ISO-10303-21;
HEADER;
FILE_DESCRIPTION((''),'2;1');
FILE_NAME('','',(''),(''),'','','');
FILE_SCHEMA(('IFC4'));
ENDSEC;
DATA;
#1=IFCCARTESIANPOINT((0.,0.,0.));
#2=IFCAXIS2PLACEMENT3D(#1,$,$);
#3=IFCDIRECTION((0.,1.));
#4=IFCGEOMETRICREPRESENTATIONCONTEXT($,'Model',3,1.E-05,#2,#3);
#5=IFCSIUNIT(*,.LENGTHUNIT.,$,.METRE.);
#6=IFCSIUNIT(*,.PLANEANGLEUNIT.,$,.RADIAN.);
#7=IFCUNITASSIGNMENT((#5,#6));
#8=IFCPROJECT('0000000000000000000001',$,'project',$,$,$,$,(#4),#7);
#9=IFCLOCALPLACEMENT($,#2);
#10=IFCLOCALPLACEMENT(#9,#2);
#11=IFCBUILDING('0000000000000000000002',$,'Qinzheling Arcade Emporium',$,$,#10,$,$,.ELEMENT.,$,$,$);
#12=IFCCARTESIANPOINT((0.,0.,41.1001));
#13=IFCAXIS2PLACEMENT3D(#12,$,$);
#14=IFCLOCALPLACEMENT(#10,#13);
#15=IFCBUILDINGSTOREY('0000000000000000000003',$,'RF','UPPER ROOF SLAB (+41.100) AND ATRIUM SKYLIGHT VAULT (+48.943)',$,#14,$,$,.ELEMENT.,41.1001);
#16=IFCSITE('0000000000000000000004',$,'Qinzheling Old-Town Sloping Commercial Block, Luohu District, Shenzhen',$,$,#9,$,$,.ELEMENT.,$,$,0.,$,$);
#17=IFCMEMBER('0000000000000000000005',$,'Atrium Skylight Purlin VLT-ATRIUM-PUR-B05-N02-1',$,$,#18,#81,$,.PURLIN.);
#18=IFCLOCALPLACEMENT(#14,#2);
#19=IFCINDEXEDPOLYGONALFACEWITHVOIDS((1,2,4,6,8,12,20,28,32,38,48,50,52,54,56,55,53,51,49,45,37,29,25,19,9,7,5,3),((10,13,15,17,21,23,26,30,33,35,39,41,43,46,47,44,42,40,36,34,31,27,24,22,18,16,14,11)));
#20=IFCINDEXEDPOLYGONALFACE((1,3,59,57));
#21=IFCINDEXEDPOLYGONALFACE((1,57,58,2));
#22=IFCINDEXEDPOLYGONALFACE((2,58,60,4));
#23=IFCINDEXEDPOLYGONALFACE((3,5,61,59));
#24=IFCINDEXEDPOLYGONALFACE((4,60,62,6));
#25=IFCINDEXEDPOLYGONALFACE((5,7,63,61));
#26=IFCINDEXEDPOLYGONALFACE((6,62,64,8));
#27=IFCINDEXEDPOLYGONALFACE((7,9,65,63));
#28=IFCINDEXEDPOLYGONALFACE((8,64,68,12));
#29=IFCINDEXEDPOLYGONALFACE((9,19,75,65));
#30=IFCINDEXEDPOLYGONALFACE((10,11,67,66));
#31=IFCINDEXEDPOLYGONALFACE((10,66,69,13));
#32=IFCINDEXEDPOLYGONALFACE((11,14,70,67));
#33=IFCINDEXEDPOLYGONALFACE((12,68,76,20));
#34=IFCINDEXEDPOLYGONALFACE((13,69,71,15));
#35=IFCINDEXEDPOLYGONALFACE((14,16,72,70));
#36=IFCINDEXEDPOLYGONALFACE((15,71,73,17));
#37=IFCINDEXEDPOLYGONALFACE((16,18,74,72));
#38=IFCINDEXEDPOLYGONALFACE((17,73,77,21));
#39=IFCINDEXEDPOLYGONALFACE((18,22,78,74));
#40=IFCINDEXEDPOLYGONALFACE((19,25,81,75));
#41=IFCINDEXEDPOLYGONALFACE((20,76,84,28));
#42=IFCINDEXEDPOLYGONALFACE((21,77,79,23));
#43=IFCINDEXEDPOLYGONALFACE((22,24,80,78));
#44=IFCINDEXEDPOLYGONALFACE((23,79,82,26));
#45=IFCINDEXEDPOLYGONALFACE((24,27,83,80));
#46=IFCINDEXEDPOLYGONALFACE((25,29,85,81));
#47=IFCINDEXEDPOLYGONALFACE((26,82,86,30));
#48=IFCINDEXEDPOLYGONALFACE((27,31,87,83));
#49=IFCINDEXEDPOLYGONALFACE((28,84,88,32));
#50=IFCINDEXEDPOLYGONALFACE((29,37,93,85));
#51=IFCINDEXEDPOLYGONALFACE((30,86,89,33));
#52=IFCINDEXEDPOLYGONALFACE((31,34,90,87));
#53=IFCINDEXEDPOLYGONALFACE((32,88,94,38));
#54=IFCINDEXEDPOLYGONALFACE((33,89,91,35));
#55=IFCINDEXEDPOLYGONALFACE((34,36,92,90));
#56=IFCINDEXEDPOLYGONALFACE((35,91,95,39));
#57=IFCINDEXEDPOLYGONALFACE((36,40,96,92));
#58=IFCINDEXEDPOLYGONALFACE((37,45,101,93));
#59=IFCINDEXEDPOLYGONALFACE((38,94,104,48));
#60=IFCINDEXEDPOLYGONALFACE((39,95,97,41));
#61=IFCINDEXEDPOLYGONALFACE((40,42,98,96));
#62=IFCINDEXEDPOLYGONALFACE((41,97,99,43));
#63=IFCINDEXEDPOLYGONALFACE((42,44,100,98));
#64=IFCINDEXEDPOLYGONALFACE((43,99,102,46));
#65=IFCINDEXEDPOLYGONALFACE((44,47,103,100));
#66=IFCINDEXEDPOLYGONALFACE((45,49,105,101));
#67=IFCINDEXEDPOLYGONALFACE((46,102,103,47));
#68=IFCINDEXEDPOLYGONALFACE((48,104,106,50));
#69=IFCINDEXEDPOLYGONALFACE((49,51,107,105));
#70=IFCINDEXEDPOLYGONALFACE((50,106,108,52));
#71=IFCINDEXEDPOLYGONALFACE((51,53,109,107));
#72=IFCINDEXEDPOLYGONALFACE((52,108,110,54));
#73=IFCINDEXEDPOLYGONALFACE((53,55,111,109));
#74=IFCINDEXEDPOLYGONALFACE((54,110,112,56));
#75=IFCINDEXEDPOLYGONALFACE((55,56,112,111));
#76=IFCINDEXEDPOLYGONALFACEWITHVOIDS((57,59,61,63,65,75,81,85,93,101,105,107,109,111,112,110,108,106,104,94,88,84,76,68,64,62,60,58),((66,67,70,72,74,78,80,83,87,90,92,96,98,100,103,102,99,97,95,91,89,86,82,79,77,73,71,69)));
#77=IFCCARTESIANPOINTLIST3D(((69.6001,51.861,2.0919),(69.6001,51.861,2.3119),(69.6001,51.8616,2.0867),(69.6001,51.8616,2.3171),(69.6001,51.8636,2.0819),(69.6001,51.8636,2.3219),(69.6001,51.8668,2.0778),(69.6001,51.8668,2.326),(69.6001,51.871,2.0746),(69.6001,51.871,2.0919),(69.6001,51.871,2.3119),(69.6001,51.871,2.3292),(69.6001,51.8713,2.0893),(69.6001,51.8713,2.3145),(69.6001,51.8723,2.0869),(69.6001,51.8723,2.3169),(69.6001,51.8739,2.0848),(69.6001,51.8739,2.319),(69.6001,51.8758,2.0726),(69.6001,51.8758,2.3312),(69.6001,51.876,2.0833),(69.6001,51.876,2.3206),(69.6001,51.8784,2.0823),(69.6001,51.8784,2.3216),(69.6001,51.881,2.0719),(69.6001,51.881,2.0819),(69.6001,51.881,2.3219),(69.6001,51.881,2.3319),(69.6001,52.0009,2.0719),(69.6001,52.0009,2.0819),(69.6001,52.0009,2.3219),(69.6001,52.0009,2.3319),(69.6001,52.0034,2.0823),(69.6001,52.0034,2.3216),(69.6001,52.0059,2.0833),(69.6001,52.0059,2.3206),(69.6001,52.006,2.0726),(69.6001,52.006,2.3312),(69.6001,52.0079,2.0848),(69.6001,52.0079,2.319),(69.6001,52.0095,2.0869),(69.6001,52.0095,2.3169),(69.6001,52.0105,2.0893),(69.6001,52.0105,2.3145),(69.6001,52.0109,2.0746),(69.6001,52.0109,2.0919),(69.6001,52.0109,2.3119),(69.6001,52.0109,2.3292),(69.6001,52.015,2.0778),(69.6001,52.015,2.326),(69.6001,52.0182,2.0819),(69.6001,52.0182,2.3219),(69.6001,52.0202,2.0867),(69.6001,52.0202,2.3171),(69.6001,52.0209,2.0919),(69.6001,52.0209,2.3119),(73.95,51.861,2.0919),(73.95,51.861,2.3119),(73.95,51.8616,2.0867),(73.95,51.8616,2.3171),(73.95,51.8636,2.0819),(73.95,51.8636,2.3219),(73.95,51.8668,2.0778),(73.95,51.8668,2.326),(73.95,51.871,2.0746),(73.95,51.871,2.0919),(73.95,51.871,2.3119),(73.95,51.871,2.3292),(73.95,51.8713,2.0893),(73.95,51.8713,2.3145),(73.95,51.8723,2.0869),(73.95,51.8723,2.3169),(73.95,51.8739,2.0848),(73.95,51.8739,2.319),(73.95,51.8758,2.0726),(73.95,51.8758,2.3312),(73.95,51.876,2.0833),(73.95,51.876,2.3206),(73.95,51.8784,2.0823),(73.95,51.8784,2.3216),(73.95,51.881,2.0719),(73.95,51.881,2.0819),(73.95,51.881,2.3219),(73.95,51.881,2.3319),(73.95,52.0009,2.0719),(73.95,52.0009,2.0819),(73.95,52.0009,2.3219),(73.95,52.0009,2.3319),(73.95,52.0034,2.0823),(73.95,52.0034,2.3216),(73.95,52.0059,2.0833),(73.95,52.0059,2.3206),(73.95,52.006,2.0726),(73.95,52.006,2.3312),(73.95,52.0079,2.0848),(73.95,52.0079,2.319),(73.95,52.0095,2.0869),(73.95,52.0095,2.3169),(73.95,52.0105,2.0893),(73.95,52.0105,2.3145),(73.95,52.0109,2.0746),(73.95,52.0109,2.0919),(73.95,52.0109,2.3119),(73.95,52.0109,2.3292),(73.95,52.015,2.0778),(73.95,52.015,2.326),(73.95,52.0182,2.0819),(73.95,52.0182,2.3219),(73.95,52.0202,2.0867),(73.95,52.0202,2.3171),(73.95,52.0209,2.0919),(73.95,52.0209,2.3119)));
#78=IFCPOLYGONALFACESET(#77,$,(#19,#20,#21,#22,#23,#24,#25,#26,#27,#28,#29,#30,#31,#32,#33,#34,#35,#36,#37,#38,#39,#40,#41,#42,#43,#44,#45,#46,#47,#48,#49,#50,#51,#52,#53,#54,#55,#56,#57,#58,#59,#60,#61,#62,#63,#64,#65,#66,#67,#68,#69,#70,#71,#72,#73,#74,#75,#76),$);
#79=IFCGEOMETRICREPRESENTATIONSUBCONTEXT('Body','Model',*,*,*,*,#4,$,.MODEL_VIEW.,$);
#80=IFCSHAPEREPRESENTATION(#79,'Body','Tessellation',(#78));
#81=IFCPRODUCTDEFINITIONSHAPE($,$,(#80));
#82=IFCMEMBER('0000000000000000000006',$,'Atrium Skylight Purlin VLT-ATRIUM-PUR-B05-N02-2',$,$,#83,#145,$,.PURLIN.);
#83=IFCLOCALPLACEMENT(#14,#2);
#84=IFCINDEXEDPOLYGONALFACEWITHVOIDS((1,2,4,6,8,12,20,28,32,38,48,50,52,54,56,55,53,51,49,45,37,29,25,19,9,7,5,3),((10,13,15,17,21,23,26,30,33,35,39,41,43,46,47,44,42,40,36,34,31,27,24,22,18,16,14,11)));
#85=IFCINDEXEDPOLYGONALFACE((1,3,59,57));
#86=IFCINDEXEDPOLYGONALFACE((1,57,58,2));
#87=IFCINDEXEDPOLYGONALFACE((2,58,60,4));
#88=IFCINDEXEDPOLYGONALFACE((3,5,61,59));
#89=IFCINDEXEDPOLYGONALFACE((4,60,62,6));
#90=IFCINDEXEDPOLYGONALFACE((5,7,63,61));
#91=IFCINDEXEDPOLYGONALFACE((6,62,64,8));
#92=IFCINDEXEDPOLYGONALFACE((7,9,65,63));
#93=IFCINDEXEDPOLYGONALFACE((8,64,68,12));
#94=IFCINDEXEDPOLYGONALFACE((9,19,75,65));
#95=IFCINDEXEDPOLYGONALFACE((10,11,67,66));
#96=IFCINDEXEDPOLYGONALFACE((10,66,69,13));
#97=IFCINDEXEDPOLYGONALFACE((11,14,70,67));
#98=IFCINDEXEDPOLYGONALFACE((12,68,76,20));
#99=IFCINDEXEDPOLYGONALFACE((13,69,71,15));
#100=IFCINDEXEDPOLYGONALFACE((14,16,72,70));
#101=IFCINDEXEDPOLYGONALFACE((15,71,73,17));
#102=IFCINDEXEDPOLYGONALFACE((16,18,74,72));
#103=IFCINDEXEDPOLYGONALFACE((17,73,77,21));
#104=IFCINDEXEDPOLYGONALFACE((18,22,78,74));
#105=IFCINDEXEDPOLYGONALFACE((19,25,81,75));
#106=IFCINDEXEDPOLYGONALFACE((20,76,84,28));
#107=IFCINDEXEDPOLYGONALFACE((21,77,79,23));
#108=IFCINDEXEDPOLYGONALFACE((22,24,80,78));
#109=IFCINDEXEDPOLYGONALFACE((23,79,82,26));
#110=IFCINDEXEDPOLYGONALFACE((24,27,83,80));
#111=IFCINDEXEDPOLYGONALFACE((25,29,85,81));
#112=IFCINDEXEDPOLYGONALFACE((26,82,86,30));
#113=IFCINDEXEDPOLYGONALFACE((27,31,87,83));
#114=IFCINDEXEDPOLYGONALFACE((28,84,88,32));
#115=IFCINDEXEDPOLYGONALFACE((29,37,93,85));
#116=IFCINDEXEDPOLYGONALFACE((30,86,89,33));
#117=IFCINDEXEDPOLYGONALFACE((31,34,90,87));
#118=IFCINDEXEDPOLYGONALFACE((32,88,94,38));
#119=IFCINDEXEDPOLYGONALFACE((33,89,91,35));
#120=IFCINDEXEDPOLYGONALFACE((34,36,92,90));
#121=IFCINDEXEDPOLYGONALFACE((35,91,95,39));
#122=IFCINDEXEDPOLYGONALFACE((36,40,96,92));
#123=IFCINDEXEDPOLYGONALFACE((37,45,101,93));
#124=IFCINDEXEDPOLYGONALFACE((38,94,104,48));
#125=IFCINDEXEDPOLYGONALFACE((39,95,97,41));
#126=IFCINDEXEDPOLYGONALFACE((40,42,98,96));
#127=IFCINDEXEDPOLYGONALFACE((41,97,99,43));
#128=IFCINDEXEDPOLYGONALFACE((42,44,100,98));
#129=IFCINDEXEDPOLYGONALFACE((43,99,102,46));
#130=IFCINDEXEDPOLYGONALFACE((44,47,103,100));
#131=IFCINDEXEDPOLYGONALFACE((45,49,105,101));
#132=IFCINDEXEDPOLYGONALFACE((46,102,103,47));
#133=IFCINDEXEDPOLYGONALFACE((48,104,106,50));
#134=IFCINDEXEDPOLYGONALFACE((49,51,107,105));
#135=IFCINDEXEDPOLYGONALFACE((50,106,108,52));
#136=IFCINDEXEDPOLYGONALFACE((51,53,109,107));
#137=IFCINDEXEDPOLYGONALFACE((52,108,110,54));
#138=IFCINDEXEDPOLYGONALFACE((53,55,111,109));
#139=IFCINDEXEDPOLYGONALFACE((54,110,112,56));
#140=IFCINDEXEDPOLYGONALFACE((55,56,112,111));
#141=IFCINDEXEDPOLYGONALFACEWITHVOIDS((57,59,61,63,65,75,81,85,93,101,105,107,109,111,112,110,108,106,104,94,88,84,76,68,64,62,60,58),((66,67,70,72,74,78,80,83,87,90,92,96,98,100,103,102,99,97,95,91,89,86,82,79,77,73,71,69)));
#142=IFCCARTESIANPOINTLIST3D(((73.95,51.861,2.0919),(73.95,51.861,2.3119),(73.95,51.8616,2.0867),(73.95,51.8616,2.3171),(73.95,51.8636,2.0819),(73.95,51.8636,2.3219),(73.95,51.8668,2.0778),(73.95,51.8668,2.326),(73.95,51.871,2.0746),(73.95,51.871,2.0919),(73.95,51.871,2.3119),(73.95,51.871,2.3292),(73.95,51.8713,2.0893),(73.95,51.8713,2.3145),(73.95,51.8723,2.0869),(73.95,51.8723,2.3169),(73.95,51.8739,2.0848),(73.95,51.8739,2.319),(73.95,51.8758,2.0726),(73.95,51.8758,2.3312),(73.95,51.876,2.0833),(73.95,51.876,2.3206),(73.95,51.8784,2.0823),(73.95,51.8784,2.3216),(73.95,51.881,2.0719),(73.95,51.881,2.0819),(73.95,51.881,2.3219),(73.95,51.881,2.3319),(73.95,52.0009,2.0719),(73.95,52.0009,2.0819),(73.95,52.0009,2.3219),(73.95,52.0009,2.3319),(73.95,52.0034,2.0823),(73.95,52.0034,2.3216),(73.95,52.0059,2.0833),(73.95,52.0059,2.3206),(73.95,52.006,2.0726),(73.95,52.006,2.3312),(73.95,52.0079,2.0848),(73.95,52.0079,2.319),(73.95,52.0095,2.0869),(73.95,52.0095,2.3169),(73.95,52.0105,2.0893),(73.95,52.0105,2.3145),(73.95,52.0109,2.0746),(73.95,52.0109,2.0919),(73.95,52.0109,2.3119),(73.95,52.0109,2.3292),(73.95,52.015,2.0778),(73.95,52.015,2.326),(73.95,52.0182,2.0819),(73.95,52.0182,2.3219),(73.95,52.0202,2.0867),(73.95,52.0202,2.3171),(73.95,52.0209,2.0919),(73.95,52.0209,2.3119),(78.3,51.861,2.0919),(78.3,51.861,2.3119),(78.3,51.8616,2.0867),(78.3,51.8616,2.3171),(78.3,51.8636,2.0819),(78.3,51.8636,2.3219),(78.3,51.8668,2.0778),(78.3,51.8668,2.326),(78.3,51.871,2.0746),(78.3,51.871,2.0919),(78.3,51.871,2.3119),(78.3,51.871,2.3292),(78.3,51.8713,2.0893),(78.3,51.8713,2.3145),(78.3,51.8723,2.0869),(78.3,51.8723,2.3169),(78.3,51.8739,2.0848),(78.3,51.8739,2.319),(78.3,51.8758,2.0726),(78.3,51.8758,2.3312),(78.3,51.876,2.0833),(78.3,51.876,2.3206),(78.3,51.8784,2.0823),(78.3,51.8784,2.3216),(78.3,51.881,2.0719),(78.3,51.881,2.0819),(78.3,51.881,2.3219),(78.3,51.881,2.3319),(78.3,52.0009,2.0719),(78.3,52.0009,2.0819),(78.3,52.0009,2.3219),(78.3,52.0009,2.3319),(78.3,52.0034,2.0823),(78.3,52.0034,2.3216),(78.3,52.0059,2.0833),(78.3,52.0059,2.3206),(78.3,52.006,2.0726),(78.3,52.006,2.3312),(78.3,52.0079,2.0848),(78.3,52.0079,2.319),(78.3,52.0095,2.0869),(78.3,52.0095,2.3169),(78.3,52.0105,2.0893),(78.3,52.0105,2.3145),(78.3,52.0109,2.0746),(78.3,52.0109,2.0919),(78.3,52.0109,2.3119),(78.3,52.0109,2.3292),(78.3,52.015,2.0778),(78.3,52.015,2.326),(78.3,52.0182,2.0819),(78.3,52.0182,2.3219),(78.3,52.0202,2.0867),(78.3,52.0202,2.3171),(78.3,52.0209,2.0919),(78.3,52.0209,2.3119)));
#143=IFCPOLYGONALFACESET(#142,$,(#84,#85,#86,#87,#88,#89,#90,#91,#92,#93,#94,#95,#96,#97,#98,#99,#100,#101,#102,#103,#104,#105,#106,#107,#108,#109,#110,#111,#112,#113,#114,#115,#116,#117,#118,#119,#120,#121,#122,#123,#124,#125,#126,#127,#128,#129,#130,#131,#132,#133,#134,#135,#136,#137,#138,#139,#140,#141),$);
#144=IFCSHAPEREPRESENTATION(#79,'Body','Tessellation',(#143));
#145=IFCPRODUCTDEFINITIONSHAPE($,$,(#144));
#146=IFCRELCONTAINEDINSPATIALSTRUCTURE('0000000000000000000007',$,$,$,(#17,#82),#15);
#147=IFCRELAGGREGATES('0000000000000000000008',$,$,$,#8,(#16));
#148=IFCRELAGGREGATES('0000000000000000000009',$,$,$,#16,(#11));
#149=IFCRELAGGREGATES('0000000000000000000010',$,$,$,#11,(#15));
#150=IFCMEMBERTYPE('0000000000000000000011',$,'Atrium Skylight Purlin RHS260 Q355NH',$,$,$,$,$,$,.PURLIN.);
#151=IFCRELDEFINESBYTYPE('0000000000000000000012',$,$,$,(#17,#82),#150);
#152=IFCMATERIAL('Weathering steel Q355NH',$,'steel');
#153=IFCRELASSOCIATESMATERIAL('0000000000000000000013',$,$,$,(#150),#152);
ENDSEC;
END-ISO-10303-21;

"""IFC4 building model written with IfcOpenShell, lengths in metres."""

from ifc_helpers import new_model, si_unit, direction, frame, origin, origin_2d, place, context, subcontext, project, spatial, hollow_rectangle, extrude, material, material_profile, profile_set, type_object, element, save


model = new_model("IFC4")

# Units and contexts
model_context = context("Model", 3, precision=1e-05, world=origin(), true_north=direction((0.0, 1.0)))
body_context = subcontext(model_context, "Body", "Model", "MODEL_VIEW")
ifc_project = project(units=[si_unit("LENGTHUNIT", "METRE"), si_unit("PLANEANGLEUNIT", "RADIAN")], contexts=[model_context])

# Site, building, storey
site_placement = place(None, origin())
site = spatial("IfcSite", under=ifc_project, at=site_placement, Name="Qinzheling Old-Town Sloping Commercial Block, Luohu District, Shenzhen", CompositionType="ELEMENT", RefElevation=0.0)
building_placement = place(site_placement, origin())
building = spatial("IfcBuilding", under=site, at=building_placement, Name="Qinzheling Arcade Emporium", CompositionType="ELEMENT")
storey_placement = place(building_placement, frame((0.0, 0.0, 41.1001)))
storey = spatial("IfcBuildingStorey", under=building, at=storey_placement, Name="RF", Description="UPPER ROOF SLAB (+41.100) AND ATRIUM SKYLIGHT VAULT (+48.943)", CompositionType="ELEMENT", Elevation=41.1001)

# Shared definitions
ifc_material_1 = material(Name="Weathering steel Q355NH", Category="steel")

# Members
ifc_material_profile_1 = material_profile(ifc_material_1, hollow_rectangle(XDim=0.1599, YDim=0.26, WallThickness=0.01, InnerFilletRadius=0.01, OuterFilletRadius=0.02, at=origin_2d()), Name="RHS 260x160x10", Category="steel")
ifc_profile_set_1 = profile_set([ifc_material_profile_1], Name="Weathering steel Q355NH")
member_type_1 = type_object("IfcMemberType", Name="Atrium Skylight Purlin RHS260 Q355NH", PredefinedType="PURLIN", material=ifc_profile_set_1)
member_1_placement = place(storey_placement, frame((69.6001, 51.9409, 2.2019), z_axis=(1.0, 0.0, 0.0), x_axis=(0.0, 1.0, 0.0)))
element("IfcMember", 1, at=member_1_placement, inside=storey, type_object=member_type_1, Name="Atrium Skylight Purlin VLT-ATRIUM-PUR-B05-N02-1", PredefinedType="PURLIN", context=body_context, shape_type="SweptSolid", body=[
    extrude(hollow_rectangle(XDim=0.1599, YDim=0.26, WallThickness=0.01, InnerFilletRadius=0.01, OuterFilletRadius=0.02, at=origin_2d()), origin(), (0.0, 0.0, 1.0), 4.3499),
])
member_2_placement = place(storey_placement, frame((73.95, 51.9409, 2.2019), z_axis=(1.0, 0.0, 0.0), x_axis=(0.0, 1.0, 0.0)))
element("IfcMember", 2, at=member_2_placement, inside=storey, type_object=member_type_1, Name="Atrium Skylight Purlin VLT-ATRIUM-PUR-B05-N02-2", PredefinedType="PURLIN", context=body_context, shape_type="SweptSolid", body=[
    extrude(hollow_rectangle(XDim=0.1599, YDim=0.26, WallThickness=0.01, InnerFilletRadius=0.01, OuterFilletRadius=0.02, at=origin_2d()), origin(), (0.0, 0.0, 1.0), 4.3501),
])

save(model, "model.ifc")
